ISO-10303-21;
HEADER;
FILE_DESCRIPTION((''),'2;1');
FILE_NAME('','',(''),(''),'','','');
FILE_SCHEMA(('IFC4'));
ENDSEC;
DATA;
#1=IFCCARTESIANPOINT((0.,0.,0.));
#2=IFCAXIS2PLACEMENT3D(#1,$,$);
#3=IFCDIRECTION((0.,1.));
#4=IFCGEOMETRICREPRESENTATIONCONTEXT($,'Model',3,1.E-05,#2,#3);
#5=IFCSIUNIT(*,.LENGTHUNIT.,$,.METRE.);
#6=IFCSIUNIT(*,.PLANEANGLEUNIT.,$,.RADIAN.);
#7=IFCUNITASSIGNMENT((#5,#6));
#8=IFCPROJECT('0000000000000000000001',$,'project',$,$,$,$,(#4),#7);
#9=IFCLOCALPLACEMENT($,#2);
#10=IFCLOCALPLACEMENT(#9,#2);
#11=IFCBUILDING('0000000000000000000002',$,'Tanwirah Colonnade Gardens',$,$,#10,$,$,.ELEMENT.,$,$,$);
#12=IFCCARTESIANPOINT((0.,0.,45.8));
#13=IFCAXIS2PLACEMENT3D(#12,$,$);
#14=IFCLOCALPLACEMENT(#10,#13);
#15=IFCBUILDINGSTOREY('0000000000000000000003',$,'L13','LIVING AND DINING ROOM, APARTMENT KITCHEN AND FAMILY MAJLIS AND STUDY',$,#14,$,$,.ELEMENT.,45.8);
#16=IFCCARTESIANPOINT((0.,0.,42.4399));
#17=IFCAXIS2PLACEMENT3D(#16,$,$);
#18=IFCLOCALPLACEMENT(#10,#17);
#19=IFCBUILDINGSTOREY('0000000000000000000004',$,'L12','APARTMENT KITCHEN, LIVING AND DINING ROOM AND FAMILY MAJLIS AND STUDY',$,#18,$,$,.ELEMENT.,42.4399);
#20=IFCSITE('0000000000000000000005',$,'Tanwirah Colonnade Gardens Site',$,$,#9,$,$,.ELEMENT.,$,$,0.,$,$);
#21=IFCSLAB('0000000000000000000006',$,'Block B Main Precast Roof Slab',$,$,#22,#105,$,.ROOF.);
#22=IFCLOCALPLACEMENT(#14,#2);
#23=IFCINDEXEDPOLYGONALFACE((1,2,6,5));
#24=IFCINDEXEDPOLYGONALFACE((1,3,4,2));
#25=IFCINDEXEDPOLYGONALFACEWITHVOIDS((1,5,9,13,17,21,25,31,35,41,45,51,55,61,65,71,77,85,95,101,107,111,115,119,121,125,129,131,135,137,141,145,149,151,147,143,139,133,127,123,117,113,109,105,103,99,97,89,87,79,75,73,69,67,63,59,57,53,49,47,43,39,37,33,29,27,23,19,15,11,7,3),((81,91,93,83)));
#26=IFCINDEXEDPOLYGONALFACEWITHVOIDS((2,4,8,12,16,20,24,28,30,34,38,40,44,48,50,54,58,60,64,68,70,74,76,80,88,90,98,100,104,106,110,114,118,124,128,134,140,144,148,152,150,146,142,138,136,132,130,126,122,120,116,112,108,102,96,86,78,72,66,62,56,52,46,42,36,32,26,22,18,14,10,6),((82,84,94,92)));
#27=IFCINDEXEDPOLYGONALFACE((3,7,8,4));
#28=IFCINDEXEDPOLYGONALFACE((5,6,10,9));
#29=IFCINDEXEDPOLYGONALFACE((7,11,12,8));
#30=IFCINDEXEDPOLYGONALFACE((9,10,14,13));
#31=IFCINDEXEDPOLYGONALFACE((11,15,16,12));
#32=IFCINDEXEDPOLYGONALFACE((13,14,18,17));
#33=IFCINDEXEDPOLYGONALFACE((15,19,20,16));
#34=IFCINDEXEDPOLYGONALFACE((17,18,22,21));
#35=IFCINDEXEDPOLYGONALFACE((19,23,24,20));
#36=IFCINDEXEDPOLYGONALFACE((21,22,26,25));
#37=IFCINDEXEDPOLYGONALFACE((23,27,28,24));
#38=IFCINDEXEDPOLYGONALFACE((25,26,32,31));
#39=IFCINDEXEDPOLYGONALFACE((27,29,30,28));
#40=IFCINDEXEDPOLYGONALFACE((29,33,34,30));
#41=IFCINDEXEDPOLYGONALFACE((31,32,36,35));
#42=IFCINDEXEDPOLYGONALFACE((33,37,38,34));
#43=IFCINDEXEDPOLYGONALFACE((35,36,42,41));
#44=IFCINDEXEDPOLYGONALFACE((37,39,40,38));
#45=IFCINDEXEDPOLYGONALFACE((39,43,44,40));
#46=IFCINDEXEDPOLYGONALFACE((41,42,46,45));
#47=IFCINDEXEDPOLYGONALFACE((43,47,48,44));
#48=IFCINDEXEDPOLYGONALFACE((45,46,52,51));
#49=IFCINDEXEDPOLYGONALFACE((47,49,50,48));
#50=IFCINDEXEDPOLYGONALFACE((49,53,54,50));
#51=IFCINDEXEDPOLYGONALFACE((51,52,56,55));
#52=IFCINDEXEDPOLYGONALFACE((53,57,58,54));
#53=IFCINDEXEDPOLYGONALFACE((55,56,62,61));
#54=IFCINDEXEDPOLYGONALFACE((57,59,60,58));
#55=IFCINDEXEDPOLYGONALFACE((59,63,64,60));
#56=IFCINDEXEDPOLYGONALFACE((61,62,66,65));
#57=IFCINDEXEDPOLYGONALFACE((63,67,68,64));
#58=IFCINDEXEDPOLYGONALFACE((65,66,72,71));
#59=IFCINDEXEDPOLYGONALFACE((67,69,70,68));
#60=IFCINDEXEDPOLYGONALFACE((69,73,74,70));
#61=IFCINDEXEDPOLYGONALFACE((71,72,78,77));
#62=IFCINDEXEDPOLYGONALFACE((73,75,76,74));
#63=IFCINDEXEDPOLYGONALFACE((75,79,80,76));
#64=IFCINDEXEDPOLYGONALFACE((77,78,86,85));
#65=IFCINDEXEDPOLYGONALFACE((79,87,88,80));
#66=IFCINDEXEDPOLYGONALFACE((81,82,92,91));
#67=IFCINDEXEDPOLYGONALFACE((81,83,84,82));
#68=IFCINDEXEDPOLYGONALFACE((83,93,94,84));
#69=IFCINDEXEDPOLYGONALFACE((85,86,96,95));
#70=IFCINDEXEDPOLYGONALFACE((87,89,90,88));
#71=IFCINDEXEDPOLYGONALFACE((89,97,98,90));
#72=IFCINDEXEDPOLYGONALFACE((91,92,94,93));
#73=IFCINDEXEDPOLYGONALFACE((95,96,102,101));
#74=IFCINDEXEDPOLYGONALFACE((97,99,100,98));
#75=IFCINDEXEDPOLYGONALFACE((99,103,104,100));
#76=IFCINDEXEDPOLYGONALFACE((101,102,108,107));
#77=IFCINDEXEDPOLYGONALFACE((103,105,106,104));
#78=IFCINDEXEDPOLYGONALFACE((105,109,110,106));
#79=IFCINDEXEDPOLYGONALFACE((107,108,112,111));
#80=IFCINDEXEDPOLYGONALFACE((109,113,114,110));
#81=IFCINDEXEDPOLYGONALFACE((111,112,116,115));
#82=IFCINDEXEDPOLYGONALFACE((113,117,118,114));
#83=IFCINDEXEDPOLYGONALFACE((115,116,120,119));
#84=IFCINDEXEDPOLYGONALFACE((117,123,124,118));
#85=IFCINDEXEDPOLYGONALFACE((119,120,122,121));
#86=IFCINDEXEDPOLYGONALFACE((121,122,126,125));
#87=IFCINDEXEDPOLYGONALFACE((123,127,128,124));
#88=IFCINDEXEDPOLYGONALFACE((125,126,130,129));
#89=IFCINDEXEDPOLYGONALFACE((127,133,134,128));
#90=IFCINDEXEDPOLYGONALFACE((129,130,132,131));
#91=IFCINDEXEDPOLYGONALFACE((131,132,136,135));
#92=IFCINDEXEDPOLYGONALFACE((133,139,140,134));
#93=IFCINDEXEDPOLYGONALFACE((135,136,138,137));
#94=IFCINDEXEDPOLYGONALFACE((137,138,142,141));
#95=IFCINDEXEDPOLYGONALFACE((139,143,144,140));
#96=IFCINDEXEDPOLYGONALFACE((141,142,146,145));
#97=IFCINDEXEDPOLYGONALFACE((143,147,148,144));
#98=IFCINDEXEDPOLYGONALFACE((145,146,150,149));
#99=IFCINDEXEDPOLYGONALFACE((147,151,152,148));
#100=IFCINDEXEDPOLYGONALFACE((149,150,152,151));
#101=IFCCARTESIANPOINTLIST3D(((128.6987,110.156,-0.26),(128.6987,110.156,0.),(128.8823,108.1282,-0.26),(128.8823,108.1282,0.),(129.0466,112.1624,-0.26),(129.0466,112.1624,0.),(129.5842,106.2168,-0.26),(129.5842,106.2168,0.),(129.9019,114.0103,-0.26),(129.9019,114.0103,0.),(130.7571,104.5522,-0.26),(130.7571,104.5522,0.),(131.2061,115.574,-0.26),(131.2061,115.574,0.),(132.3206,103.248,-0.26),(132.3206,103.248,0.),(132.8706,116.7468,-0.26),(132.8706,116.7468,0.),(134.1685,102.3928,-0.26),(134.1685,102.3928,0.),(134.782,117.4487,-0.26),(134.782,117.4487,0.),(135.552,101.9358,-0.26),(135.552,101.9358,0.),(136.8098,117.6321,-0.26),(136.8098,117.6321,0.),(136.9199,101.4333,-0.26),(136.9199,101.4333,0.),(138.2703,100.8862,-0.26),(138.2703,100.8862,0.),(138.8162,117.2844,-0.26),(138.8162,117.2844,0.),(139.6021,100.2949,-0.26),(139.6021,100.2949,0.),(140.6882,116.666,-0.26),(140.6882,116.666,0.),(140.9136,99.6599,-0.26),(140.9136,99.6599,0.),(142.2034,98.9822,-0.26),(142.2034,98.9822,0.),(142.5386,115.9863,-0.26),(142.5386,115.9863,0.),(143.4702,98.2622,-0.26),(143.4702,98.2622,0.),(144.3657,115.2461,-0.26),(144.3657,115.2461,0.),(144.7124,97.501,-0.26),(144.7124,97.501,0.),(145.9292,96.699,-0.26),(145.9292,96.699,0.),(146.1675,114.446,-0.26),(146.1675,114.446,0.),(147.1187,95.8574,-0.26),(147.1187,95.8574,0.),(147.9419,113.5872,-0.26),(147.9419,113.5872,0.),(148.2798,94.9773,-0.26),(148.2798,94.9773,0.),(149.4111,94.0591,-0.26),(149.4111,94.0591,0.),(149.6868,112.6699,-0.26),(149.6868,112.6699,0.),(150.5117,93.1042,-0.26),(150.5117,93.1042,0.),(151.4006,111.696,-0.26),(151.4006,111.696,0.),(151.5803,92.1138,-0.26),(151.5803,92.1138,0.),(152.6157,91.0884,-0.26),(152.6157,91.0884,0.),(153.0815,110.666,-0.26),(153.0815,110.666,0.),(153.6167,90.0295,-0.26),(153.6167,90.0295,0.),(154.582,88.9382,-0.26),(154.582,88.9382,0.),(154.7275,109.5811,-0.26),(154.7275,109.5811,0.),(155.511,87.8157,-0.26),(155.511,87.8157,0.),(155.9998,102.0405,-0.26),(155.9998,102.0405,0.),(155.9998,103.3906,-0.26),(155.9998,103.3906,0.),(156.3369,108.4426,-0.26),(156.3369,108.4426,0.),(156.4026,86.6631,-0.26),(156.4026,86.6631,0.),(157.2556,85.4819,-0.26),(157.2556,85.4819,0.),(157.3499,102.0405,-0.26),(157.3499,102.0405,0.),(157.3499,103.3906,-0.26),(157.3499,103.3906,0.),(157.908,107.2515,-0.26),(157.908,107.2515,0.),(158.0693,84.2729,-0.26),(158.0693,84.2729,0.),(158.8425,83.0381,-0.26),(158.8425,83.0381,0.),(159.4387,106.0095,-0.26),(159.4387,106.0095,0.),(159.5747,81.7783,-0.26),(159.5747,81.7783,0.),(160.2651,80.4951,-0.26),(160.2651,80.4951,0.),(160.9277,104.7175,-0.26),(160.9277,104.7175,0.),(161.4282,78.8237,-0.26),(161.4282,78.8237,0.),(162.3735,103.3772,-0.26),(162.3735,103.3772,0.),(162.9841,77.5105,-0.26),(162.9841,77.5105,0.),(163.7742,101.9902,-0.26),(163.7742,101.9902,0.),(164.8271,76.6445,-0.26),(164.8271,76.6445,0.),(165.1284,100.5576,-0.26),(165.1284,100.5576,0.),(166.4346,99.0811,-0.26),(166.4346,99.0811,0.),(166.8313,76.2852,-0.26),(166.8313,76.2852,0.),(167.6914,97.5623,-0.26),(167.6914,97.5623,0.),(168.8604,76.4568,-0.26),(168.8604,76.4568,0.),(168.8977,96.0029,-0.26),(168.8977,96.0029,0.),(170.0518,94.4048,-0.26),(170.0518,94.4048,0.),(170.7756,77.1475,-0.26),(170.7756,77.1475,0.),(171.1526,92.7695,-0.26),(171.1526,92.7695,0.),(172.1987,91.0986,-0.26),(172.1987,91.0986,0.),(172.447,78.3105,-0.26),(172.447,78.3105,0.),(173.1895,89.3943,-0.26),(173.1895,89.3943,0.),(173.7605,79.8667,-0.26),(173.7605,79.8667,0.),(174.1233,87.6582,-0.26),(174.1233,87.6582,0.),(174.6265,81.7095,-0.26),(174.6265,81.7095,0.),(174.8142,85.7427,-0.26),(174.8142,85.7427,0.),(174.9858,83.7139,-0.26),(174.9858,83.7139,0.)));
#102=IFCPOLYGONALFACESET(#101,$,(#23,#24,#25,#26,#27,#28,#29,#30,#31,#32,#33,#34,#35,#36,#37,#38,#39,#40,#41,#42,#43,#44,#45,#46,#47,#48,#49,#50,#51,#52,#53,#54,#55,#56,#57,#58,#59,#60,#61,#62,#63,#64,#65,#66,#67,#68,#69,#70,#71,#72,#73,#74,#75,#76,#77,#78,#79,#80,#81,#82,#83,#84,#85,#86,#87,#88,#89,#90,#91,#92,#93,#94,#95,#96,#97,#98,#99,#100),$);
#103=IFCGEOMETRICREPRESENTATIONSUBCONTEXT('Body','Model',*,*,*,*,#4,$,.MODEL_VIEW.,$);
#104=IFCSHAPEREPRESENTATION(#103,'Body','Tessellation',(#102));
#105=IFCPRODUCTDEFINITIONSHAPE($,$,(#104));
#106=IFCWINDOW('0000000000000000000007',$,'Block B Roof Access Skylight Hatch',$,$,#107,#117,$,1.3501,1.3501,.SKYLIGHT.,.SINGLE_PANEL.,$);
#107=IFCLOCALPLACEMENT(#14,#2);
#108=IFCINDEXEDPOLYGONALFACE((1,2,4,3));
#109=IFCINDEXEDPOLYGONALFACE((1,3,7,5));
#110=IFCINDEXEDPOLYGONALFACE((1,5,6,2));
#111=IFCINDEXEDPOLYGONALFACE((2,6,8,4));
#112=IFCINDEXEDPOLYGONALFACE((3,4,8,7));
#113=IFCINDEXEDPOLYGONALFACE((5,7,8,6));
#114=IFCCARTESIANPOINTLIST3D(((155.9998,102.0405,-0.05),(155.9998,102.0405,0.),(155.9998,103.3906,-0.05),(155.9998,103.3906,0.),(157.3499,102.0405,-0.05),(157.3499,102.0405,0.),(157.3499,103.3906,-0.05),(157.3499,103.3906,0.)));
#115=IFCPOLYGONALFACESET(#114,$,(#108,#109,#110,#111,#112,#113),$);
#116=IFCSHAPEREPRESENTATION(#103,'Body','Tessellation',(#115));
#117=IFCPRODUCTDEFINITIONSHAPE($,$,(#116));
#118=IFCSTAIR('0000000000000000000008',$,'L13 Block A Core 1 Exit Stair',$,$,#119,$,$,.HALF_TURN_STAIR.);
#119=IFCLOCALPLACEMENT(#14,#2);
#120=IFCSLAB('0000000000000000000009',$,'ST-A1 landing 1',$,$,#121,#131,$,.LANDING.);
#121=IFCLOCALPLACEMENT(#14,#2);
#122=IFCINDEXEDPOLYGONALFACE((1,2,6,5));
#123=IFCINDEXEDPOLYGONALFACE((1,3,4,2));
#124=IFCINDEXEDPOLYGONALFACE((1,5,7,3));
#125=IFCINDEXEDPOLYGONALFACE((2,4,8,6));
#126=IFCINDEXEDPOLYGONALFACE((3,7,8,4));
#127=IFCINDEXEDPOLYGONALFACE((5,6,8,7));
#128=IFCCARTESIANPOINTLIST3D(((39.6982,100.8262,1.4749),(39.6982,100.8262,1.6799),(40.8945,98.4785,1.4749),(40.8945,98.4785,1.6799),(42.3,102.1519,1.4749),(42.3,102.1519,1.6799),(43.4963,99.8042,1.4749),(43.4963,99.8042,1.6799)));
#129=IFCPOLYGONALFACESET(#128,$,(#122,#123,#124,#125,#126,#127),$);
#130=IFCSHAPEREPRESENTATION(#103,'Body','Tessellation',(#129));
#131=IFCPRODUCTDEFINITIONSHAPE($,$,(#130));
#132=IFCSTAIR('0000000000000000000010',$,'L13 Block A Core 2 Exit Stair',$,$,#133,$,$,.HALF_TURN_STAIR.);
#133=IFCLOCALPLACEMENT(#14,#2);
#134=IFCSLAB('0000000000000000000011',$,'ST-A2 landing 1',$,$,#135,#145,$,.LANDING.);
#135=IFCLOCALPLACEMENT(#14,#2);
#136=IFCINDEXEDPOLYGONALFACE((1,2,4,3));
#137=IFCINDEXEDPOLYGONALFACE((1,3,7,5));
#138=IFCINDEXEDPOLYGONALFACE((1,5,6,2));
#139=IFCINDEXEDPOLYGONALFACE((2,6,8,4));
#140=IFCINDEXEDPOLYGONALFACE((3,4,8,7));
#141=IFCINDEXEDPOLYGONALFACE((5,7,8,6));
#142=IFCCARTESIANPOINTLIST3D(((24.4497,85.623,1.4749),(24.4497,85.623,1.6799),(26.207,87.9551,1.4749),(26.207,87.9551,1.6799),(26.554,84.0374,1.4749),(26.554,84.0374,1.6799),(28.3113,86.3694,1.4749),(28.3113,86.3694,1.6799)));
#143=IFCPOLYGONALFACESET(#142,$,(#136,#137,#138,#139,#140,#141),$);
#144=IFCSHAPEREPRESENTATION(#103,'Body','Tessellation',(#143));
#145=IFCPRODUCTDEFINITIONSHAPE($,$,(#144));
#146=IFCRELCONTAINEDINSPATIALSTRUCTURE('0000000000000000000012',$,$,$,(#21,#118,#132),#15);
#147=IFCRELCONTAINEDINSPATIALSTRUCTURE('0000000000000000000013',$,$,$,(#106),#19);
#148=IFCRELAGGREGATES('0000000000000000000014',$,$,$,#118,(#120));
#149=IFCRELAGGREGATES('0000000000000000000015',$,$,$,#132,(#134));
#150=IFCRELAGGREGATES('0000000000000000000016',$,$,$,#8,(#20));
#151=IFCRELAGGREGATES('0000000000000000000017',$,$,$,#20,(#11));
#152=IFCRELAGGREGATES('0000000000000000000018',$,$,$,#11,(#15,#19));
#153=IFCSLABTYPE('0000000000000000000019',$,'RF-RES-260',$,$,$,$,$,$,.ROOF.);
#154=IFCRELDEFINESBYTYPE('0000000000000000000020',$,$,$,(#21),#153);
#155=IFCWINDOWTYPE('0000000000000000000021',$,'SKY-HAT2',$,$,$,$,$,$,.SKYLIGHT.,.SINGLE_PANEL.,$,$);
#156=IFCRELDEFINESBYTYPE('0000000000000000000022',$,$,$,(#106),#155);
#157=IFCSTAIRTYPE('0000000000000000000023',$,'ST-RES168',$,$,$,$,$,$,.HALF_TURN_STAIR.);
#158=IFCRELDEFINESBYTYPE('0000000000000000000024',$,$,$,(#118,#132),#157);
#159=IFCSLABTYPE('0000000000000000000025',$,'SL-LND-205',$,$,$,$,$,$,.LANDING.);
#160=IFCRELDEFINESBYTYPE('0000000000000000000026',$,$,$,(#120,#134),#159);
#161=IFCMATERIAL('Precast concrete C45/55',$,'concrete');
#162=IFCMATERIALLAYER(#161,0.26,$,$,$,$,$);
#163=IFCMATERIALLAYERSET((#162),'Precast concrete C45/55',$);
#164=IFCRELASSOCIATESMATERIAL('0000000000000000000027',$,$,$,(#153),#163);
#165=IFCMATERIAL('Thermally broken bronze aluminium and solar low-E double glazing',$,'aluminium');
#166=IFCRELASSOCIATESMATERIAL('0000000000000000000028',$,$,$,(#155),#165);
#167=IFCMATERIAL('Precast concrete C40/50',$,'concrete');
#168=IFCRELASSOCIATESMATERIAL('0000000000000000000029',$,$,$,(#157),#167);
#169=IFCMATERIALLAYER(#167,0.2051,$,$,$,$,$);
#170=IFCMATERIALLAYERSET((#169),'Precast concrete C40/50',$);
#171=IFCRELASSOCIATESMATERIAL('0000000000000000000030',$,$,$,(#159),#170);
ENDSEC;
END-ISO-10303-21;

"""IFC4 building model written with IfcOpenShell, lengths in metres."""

from ifc_helpers import new_model, si_unit, direction, frame, origin, origin_2d, place, context, subcontext, project, spatial, polyline, rectangle, outline, extrude, material, layer, layer_set, type_object, element, fill, aggregate, save


model = new_model("IFC4")

# Units and contexts
model_context = context("Model", 3, precision=1e-05, world=origin(), true_north=direction((0.0, 1.0)))
body_context = subcontext(model_context, "Body", "Model", "MODEL_VIEW")
ifc_project = project(units=[si_unit("LENGTHUNIT", "METRE"), si_unit("PLANEANGLEUNIT", "RADIAN")], contexts=[model_context])

# Site, building, storey
site_placement = place(None, origin())
site = spatial("IfcSite", under=ifc_project, at=site_placement, Name="Tanwirah Colonnade Gardens Site", CompositionType="ELEMENT", RefElevation=0.0)
building_placement = place(site_placement, origin())
building = spatial("IfcBuilding", under=site, at=building_placement, Name="Tanwirah Colonnade Gardens", CompositionType="ELEMENT")
storey_1_placement = place(building_placement, frame((0.0, 0.0, 45.8)))
storey_1 = spatial("IfcBuildingStorey", under=building, at=storey_1_placement, Name="L13", Description="LIVING AND DINING ROOM, APARTMENT KITCHEN AND FAMILY MAJLIS AND STUDY", CompositionType="ELEMENT", Elevation=45.8)

# Shared definitions
ifc_material_1 = material(Name="Precast concrete C40/50", Category="concrete")

# Shared definitions
ifc_material_2 = material(Name="Precast concrete C45/55", Category="concrete")

# Slab, opening
ifc_layer_1 = layer(ifc_material_2, 0.26)
ifc_layer_set_1 = layer_set([ifc_layer_1], Name="Precast concrete C45/55")
slab_type_1 = type_object("IfcSlabType", Name="RF-RES-260", PredefinedType="ROOF", material=ifc_layer_set_1)
slab_1_placement = place(storey_1_placement, frame((0.0, 0.0, -0.26)))
slab_1 = element("IfcSlab", 1, at=slab_1_placement, inside=storey_1, type_object=slab_type_1, Name="Block B Main Precast Roof Slab", PredefinedType="ROOF", context=body_context, shape_type="SweptSolid", body=[
    extrude(outline(polyline([(161.4282, 78.8237), (162.9841, 77.5105), (164.8271, 76.6445), (166.8313, 76.2852), (168.8604, 76.4568), (170.7756, 77.1475), (172.447, 78.3105), (173.7605, 79.8667), (174.6265, 81.7095), (174.9858, 83.7139), (174.8142, 85.7427), (174.1233, 87.6582), (173.1895, 89.3943), (172.1987, 91.0986), (171.1526, 92.7695), (170.0518, 94.4048), (168.8977, 96.0029), (167.6914, 97.5623), (166.4346, 99.0811), (165.1284, 100.5576), (163.7742, 101.9902), (162.3735, 103.3772), (160.9277, 104.7175), (159.4387, 106.0095), (157.908, 107.2515), (156.3369, 108.4426), (154.7275, 109.5811), (153.0815, 110.666), (151.4006, 111.696), (149.6868, 112.6699), (147.9419, 113.5872), (146.1675, 114.446), (144.3657, 115.2461), (142.5386, 115.9863), (140.6882, 116.666), (138.8162, 117.2844), (136.8098, 117.6321), (134.782, 117.4487), (132.8706, 116.7468), (131.2061, 115.574), (129.9019, 114.0103), (129.0466, 112.1624), (128.6987, 110.156), (128.8823, 108.1282), (129.5842, 106.2168), (130.7571, 104.5522), (132.3206, 103.248), (134.1685, 102.3928), (135.552, 101.9358), (136.9199, 101.4333), (138.2703, 100.8862), (139.6021, 100.2949), (140.9136, 99.6599), (142.2034, 98.9822), (143.4702, 98.2622), (144.7124, 97.501), (145.9292, 96.699), (147.1187, 95.8574), (148.2798, 94.9773), (149.4111, 94.0591), (150.5117, 93.1042), (151.5803, 92.1138), (152.6157, 91.0884), (153.6167, 90.0295), (154.582, 88.9382), (155.511, 87.8157), (156.4026, 86.6631), (157.2556, 85.4819), (158.0693, 84.2729), (158.8425, 83.0381), (159.5747, 81.7783), (160.2651, 80.4951), (161.4282, 78.8237)])), origin(), (0.0, 0.0, 1.0), 0.26),
])
opening_1_placement = place(slab_1_placement, frame((156.6748, 102.7156, -0.01)))
opening_1 = element("IfcOpeningElement", 2, at=opening_1_placement, cuts=slab_1, PredefinedType="OPENING", context=body_context, shape_type="SweptSolid", body=[
    extrude(rectangle(XDim=1.3501, YDim=1.3501, at=origin_2d()), origin(), (0.0, 0.0, 1.0), 0.28),
])

# Shared definitions
storey_2_placement = place(building_placement, frame((0.0, 0.0, 42.4399)))
storey_2 = spatial("IfcBuildingStorey", under=building, at=storey_2_placement, Name="L12", Description="APARTMENT KITCHEN, LIVING AND DINING ROOM AND FAMILY MAJLIS AND STUDY", CompositionType="ELEMENT", Elevation=42.4399)

# Window
ifc_material_3 = material(Name="Thermally broken bronze aluminium and solar low-E double glazing", Category="aluminium")
window_type_1 = type_object("IfcWindowType", Name="SKY-HAT2", PartitioningType="SINGLE_PANEL", PredefinedType="SKYLIGHT", material=ifc_material_3)
window_1_placement = place(slab_1_placement, frame((156.6748, 102.7156, 0.21)))
window_1 = element("IfcWindow", 3, at=window_1_placement, inside=storey_2, type_object=window_type_1, Name="Block B Roof Access Skylight Hatch", OverallHeight=1.3501, OverallWidth=1.3501, PartitioningType="SINGLE_PANEL", PredefinedType="SKYLIGHT", context=body_context, shape_type="SweptSolid", body=[
    extrude(rectangle(XDim=1.3501, YDim=1.3501, at=origin_2d()), origin(), (0.0, 0.0, 1.0), 0.05),
])
fill(opening_1, window_1)

# Stairs, slabs
stair_type = type_object("IfcStairType", Name="ST-RES168", PredefinedType="HALF_TURN_STAIR", material=ifc_material_1)
stair_1_placement = place(storey_1_placement, origin())
stair_1 = element("IfcStair", 4, at=stair_1_placement, inside=storey_1, type_object=stair_type, Name="L13 Block A Core 1 Exit Stair", PredefinedType="HALF_TURN_STAIR")
ifc_layer_2 = layer(ifc_material_1, 0.2051)
ifc_layer_set_2 = layer_set([ifc_layer_2], Name="Precast concrete C40/50")
slab_type_2 = type_object("IfcSlabType", Name="SL-LND-205", PredefinedType="LANDING", material=ifc_layer_set_2)
slab_2_placement = place(storey_1_placement, frame((0.0, 0.0, 1.4749)))
slab_2 = element("IfcSlab", 5, at=slab_2_placement, type_object=slab_type_2, Name="ST-A1 landing 1", PredefinedType="LANDING", context=body_context, shape_type="SweptSolid", body=[
    extrude(outline(polyline([(39.6982, 100.8262), (40.8945, 98.4785), (43.4963, 99.8042), (42.3, 102.1519), (39.6982, 100.8262)])), origin(), (0.0, 0.0, 1.0), 0.2051),
])
aggregate(stair_1, [slab_2])
stair_2_placement = place(storey_1_placement, origin())
stair_2 = element("IfcStair", 6, at=stair_2_placement, inside=storey_1, type_object=stair_type, Name="L13 Block A Core 2 Exit Stair", PredefinedType="HALF_TURN_STAIR")
slab_3_placement = place(storey_1_placement, frame((0.0, 0.0, 1.4749)))
slab_3 = element("IfcSlab", 7, at=slab_3_placement, type_object=slab_type_2, Name="ST-A2 landing 1", PredefinedType="LANDING", context=body_context, shape_type="SweptSolid", body=[
    extrude(outline(polyline([(24.4497, 85.623), (26.554, 84.0374), (28.3113, 86.3694), (26.207, 87.9551), (24.4497, 85.623)])), origin(), (0.0, 0.0, 1.0), 0.2051),
])
aggregate(stair_2, [slab_3])

save(model, "model.ifc")
